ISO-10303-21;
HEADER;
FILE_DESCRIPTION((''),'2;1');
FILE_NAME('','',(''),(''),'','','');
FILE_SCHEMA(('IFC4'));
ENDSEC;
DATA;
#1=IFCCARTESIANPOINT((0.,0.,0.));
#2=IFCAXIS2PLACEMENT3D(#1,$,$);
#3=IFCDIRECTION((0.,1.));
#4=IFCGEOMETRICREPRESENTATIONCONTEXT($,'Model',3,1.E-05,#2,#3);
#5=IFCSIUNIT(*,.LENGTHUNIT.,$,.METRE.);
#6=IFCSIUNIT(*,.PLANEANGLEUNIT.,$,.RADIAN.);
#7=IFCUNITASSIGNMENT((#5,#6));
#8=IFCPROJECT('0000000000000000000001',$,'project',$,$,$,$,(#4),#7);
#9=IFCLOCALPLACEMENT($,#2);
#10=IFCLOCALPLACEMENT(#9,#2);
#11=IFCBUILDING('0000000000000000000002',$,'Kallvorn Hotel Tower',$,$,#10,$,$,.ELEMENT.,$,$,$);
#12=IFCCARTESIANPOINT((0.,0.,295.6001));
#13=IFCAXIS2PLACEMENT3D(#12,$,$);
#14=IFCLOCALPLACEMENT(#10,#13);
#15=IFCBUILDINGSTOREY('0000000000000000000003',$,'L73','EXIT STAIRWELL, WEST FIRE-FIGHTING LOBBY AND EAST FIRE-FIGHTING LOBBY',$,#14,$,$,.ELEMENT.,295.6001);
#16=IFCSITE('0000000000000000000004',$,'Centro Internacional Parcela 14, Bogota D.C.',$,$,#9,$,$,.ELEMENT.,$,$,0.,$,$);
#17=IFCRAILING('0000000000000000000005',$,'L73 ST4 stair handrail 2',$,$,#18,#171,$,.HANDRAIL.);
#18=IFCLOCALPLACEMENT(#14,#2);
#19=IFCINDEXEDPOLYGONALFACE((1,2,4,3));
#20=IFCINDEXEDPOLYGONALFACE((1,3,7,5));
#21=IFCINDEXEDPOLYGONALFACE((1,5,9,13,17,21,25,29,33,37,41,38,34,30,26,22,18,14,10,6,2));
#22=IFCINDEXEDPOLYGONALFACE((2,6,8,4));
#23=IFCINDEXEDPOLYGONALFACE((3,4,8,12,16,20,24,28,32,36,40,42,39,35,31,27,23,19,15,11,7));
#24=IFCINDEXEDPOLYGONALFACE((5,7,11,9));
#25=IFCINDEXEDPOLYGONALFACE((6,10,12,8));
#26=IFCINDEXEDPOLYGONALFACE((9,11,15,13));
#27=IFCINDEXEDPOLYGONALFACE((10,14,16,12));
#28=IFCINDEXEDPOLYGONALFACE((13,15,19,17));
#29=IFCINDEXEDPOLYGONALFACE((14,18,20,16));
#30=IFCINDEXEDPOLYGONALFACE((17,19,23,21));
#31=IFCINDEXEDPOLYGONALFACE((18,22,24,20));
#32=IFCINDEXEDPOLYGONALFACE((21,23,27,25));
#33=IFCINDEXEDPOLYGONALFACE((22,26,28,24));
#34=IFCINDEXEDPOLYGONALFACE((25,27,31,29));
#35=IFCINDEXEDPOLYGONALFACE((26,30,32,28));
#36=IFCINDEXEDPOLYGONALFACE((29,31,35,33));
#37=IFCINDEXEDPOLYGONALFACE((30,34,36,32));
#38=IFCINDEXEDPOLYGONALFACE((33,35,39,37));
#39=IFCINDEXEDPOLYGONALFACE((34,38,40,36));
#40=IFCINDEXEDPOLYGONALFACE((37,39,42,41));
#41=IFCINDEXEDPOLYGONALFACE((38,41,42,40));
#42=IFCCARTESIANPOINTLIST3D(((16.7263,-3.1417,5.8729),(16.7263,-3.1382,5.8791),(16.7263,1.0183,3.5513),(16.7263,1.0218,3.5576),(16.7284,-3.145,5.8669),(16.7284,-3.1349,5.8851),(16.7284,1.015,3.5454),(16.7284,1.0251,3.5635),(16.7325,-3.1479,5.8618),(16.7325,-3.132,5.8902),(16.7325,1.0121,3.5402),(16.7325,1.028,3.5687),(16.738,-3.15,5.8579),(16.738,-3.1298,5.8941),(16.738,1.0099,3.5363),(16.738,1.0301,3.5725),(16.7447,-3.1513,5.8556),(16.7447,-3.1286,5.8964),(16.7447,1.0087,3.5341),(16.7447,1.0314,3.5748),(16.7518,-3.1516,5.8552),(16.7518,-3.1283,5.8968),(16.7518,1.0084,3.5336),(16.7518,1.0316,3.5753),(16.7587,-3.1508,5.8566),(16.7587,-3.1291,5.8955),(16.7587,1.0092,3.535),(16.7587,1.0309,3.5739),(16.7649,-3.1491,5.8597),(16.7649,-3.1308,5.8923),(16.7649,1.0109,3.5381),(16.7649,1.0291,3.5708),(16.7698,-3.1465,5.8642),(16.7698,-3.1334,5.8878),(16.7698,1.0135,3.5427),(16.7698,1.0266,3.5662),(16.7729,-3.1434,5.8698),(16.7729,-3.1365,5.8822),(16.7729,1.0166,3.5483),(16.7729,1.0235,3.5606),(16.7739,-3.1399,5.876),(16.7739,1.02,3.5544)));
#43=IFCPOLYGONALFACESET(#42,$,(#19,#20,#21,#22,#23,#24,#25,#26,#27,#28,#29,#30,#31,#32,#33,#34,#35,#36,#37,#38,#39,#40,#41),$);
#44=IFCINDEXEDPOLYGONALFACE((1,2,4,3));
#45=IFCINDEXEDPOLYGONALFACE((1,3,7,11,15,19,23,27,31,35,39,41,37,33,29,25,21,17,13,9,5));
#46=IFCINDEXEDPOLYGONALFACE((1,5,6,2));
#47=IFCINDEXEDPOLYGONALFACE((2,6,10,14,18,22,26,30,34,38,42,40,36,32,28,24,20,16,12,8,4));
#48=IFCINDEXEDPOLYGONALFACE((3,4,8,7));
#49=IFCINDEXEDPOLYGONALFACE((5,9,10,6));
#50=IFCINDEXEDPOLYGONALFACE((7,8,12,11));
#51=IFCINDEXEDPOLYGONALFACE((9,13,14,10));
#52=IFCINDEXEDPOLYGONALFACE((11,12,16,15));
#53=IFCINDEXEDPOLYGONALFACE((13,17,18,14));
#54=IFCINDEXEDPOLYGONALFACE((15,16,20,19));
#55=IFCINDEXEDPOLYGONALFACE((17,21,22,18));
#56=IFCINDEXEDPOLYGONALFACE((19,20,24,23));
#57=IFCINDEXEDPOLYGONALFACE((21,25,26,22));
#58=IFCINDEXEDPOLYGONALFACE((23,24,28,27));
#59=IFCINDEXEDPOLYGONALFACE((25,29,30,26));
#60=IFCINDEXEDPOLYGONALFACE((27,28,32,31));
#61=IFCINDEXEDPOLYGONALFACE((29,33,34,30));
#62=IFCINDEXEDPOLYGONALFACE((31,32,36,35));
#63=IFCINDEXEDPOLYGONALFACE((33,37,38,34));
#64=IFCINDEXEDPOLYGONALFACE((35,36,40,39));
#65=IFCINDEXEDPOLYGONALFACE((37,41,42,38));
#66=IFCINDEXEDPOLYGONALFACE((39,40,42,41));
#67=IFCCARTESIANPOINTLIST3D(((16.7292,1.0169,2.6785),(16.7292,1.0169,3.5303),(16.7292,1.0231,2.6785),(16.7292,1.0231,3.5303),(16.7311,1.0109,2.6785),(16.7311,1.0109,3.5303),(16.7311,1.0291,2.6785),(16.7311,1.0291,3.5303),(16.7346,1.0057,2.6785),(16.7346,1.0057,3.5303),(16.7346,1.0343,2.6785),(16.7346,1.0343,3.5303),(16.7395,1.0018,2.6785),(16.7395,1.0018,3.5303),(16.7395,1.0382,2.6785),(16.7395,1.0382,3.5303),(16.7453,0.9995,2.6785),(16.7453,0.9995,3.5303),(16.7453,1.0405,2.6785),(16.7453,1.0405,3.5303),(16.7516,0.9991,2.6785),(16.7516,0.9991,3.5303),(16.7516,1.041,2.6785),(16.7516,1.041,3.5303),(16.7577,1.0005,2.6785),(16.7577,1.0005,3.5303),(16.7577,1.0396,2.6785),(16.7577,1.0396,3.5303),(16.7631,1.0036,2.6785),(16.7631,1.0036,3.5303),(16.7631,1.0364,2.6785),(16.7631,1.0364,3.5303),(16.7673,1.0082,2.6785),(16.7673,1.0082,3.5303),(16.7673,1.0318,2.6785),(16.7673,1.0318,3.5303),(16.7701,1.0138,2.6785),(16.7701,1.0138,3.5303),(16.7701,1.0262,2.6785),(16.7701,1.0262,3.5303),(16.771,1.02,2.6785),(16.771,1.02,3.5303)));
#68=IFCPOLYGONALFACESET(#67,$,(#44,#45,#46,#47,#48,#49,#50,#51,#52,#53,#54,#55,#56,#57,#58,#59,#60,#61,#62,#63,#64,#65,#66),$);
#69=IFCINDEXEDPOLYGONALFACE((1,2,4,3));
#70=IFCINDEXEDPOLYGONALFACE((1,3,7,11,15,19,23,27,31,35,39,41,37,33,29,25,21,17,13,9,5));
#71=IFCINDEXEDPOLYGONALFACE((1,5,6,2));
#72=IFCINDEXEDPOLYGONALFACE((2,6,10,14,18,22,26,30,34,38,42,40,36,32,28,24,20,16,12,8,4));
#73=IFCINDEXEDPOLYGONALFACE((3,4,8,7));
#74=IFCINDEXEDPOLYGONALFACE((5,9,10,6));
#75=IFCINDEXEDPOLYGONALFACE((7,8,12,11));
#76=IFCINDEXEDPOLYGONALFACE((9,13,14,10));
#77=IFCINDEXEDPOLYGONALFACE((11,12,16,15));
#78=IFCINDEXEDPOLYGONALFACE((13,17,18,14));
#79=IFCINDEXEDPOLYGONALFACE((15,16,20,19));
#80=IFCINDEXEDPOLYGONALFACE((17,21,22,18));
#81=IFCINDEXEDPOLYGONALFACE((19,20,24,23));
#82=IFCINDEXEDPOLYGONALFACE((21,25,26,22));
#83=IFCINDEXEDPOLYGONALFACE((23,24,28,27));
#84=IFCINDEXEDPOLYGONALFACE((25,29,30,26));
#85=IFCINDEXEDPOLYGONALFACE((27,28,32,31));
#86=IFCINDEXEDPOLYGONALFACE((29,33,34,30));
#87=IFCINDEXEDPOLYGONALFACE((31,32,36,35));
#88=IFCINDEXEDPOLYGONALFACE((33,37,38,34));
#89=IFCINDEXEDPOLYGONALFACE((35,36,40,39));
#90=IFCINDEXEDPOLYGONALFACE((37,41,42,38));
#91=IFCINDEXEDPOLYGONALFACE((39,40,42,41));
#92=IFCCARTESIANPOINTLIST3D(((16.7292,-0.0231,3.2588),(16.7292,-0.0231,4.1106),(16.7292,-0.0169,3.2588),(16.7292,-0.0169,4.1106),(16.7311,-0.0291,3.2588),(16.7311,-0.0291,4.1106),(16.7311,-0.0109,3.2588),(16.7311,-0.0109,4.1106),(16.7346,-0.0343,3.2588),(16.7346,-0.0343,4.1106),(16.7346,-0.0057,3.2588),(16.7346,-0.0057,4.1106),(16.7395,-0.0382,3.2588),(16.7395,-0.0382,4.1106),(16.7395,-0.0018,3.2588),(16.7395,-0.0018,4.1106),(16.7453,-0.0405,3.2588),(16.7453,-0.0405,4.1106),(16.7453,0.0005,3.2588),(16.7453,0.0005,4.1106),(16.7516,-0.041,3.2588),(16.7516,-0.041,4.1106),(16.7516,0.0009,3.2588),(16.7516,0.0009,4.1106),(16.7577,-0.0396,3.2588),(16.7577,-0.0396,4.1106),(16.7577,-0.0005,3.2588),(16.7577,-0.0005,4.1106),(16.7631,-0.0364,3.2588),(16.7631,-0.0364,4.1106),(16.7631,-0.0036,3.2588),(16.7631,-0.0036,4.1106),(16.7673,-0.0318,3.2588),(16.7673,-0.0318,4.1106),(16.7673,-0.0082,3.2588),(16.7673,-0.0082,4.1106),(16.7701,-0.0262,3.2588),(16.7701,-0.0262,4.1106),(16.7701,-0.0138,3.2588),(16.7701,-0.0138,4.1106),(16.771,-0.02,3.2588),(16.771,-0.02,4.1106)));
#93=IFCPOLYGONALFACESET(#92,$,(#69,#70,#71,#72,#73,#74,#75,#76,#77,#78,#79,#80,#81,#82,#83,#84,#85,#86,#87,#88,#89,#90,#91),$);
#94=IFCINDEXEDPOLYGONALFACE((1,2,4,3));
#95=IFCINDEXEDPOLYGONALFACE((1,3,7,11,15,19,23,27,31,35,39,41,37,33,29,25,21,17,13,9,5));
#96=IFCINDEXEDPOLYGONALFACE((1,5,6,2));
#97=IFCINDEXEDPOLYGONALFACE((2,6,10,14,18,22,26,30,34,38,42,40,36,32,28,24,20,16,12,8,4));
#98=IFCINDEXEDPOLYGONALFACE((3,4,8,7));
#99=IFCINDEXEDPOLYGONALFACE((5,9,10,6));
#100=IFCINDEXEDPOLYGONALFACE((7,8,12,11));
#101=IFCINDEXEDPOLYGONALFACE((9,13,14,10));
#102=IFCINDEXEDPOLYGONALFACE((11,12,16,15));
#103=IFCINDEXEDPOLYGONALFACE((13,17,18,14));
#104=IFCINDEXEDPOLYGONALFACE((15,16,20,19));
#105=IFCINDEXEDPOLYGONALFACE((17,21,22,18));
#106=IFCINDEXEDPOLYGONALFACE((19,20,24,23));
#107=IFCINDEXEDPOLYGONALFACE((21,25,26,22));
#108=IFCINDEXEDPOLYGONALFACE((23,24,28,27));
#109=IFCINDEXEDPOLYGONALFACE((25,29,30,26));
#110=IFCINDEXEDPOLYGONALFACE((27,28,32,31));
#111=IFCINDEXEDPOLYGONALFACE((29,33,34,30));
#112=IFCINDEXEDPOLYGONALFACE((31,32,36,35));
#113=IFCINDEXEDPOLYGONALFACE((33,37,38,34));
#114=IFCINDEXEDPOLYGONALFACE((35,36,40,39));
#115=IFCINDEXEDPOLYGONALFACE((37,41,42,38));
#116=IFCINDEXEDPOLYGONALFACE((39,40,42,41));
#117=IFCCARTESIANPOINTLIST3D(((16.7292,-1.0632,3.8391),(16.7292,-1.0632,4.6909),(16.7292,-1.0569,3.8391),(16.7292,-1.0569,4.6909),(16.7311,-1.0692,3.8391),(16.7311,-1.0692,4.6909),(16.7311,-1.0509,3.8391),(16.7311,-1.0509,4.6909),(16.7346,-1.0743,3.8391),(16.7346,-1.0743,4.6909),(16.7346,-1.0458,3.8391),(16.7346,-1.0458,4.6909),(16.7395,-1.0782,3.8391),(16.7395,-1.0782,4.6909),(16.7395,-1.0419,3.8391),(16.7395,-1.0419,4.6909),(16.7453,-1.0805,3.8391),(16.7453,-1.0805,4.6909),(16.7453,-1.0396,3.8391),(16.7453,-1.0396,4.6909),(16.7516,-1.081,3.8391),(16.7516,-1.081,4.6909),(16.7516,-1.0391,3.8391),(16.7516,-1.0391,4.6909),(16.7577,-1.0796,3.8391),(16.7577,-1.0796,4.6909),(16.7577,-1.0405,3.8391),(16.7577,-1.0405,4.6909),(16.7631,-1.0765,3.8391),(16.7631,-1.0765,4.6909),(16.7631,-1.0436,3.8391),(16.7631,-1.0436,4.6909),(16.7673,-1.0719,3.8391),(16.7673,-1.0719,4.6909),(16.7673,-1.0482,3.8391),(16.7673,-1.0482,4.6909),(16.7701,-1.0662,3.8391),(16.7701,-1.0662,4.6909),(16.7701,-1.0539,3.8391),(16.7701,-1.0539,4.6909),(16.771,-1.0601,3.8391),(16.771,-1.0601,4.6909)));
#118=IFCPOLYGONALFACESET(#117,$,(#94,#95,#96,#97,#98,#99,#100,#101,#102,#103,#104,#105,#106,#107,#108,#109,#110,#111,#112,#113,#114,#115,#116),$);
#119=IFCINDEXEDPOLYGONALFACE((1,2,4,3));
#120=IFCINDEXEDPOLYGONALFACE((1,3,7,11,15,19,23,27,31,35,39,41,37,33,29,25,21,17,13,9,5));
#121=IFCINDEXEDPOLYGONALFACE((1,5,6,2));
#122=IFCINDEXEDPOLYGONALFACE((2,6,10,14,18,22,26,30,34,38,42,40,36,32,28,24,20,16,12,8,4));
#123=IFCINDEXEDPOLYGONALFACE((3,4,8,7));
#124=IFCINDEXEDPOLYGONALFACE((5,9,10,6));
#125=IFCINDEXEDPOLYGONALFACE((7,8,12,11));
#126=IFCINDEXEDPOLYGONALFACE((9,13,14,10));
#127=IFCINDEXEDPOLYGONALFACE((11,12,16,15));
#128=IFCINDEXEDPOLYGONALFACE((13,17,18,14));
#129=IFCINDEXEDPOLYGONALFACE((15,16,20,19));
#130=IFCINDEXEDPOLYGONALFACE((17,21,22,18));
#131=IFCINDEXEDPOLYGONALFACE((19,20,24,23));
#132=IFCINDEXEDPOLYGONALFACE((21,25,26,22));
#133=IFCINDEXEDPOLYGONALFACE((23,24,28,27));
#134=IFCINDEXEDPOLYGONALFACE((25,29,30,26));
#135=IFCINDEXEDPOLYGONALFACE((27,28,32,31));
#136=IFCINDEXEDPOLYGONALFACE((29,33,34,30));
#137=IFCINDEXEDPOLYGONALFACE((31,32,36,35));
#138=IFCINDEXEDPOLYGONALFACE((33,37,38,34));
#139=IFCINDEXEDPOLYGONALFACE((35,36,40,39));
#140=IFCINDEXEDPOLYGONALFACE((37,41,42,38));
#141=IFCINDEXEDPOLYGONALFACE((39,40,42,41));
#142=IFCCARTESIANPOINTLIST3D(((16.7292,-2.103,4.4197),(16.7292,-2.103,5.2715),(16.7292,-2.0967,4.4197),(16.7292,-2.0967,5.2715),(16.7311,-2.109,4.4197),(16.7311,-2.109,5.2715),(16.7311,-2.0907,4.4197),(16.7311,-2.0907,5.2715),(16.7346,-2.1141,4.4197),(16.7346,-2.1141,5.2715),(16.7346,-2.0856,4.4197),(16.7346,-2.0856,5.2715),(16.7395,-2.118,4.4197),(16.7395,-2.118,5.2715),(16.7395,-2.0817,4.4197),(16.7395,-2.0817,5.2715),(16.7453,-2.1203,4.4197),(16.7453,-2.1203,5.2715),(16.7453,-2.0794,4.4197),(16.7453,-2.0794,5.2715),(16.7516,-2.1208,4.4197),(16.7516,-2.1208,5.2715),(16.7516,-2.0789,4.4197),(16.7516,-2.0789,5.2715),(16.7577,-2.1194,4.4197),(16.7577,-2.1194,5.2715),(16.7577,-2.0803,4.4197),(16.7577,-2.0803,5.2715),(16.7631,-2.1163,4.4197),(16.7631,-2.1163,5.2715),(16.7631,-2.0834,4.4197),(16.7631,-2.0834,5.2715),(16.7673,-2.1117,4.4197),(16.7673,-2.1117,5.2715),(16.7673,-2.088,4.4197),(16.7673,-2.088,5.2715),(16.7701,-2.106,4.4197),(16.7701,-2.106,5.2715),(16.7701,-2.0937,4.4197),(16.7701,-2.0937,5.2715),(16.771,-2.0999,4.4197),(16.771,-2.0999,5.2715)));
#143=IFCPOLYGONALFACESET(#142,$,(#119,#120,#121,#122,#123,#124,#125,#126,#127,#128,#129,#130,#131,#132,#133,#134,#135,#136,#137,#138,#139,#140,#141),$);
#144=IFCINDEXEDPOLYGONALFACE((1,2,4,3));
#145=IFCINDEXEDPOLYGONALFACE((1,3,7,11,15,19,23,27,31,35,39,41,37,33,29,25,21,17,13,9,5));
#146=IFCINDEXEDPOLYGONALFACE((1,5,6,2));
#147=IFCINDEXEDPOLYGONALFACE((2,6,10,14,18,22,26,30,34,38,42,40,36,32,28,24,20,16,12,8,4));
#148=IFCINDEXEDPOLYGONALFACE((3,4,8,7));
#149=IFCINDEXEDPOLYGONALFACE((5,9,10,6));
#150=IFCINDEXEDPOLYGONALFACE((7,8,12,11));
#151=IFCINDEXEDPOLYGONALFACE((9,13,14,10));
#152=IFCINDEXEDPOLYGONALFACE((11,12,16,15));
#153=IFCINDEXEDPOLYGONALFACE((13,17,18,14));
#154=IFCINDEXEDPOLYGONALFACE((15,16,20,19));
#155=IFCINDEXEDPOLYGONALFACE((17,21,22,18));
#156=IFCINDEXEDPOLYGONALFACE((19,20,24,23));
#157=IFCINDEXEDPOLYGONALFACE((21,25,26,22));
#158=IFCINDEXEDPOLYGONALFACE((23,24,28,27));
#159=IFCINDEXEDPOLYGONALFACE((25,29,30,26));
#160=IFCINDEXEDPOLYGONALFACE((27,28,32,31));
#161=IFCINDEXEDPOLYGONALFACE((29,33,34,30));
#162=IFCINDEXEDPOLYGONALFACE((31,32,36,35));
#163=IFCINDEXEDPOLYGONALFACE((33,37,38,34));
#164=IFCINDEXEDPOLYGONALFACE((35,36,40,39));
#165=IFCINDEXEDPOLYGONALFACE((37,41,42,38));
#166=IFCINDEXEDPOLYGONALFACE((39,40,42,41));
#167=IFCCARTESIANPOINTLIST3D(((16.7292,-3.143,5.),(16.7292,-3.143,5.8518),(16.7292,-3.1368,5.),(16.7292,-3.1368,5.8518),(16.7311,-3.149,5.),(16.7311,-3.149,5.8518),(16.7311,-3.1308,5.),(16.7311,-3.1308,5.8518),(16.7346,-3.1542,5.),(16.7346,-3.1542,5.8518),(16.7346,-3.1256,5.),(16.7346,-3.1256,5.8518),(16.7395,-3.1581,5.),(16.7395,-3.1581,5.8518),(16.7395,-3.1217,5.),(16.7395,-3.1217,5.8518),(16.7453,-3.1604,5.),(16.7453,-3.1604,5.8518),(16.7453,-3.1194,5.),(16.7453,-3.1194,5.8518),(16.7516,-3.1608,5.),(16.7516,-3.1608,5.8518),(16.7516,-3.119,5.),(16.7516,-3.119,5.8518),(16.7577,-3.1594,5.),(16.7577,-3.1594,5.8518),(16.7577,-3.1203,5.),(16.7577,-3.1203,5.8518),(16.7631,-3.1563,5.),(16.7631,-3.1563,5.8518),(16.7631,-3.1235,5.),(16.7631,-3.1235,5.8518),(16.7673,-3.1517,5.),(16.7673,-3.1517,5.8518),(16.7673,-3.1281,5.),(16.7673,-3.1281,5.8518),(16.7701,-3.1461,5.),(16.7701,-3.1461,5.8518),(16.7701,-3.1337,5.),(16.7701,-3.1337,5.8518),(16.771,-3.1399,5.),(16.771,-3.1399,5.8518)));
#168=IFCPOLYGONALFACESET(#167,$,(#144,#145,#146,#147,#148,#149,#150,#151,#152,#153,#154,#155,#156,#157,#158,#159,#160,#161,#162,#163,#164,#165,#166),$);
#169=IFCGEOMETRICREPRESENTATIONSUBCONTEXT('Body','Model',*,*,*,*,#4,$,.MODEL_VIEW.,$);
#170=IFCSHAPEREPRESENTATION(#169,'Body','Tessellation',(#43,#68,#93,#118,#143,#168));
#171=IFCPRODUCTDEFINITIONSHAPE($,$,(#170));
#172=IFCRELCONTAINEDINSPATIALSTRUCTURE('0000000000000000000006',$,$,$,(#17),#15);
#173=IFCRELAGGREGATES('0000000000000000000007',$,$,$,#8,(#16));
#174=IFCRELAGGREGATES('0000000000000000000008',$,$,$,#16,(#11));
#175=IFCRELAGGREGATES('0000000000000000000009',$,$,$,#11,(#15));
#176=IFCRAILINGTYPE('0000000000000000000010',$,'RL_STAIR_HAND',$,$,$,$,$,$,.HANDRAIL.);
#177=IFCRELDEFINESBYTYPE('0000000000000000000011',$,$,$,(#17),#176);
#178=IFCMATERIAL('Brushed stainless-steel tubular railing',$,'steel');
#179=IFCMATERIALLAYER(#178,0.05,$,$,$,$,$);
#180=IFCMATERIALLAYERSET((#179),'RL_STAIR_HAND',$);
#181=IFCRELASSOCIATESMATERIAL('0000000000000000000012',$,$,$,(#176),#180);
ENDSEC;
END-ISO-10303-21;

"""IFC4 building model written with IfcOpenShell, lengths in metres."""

from ifc_helpers import new_model, si_unit, direction, frame, origin, origin_2d, place, context, subcontext, project, spatial, circle, extrude, material, layer, layer_set, type_object, element, save


model = new_model("IFC4")

# Units and contexts
model_context = context("Model", 3, precision=1e-05, world=origin(), true_north=direction((0.0, 1.0)))
body_context = subcontext(model_context, "Body", "Model", "MODEL_VIEW")
ifc_project = project(units=[si_unit("LENGTHUNIT", "METRE"), si_unit("PLANEANGLEUNIT", "RADIAN")], contexts=[model_context])

# Site, building, storey
site_placement = place(None, origin())
site = spatial("IfcSite", under=ifc_project, at=site_placement, Name="Centro Internacional Parcela 14, Bogota D.C.", CompositionType="ELEMENT", RefElevation=0.0)
building_placement = place(site_placement, origin())
building = spatial("IfcBuilding", under=site, at=building_placement, Name="Kallvorn Hotel Tower", CompositionType="ELEMENT")
storey_placement = place(building_placement, frame((0.0, 0.0, 295.6001)))
storey = spatial("IfcBuildingStorey", under=building, at=storey_placement, Name="L73", Description="EXIT STAIRWELL, WEST FIRE-FIGHTING LOBBY AND EAST FIRE-FIGHTING LOBBY", CompositionType="ELEMENT", Elevation=295.6001)

# Railing
ifc_material_1 = material(Name="Brushed stainless-steel tubular railing", Category="steel")
ifc_layer_1 = layer(ifc_material_1, 0.05)
ifc_layer_set_1 = layer_set([ifc_layer_1], Name="RL_STAIR_HAND")
railing_type_1 = type_object("IfcRailingType", Name="RL_STAIR_HAND", PredefinedType="HANDRAIL", material=ifc_layer_set_1)
for number, where, name in (
    (1, (16.75, 1.02, 2.6785), "L73 ST4 stair handrail 2"),
):
    element("IfcRailing", number, at=place(storey_placement, frame(where)), inside=storey, type_object=railing_type_1, Name=name, PredefinedType="HANDRAIL", context=body_context, shape_type="SweptSolid", body=[
        extrude(circle(Radius=0.0239, at=origin_2d()), frame((0.0, 0.0, 0.876), z_axis=(0.0, -0.873223, 0.487322), x_axis=(1.0, 0.0, 0.0)), (0.0, 0.0, 1.0), 4.7639),
        extrude(circle(Radius=0.021, at=origin_2d()), origin(), (0.0, 0.0, 1.0), 0.8518),
        extrude(circle(Radius=0.021, at=origin_2d()), frame((0.0, -1.04, 0.5803)), (0.0, 0.0, 1.0), 0.8518),
        extrude(circle(Radius=0.021, at=origin_2d()), frame((0.0, -2.0801, 1.1606)), (0.0, 0.0, 1.0), 0.8518),
        extrude(circle(Radius=0.021, at=origin_2d()), frame((0.0, -3.1199, 1.7412)), (0.0, 0.0, 1.0), 0.8518),
        extrude(circle(Radius=0.021, at=origin_2d()), frame((0.0, -4.1599, 2.3215)), (0.0, 0.0, 1.0), 0.8518),
    ])

save(model, "model.ifc")
